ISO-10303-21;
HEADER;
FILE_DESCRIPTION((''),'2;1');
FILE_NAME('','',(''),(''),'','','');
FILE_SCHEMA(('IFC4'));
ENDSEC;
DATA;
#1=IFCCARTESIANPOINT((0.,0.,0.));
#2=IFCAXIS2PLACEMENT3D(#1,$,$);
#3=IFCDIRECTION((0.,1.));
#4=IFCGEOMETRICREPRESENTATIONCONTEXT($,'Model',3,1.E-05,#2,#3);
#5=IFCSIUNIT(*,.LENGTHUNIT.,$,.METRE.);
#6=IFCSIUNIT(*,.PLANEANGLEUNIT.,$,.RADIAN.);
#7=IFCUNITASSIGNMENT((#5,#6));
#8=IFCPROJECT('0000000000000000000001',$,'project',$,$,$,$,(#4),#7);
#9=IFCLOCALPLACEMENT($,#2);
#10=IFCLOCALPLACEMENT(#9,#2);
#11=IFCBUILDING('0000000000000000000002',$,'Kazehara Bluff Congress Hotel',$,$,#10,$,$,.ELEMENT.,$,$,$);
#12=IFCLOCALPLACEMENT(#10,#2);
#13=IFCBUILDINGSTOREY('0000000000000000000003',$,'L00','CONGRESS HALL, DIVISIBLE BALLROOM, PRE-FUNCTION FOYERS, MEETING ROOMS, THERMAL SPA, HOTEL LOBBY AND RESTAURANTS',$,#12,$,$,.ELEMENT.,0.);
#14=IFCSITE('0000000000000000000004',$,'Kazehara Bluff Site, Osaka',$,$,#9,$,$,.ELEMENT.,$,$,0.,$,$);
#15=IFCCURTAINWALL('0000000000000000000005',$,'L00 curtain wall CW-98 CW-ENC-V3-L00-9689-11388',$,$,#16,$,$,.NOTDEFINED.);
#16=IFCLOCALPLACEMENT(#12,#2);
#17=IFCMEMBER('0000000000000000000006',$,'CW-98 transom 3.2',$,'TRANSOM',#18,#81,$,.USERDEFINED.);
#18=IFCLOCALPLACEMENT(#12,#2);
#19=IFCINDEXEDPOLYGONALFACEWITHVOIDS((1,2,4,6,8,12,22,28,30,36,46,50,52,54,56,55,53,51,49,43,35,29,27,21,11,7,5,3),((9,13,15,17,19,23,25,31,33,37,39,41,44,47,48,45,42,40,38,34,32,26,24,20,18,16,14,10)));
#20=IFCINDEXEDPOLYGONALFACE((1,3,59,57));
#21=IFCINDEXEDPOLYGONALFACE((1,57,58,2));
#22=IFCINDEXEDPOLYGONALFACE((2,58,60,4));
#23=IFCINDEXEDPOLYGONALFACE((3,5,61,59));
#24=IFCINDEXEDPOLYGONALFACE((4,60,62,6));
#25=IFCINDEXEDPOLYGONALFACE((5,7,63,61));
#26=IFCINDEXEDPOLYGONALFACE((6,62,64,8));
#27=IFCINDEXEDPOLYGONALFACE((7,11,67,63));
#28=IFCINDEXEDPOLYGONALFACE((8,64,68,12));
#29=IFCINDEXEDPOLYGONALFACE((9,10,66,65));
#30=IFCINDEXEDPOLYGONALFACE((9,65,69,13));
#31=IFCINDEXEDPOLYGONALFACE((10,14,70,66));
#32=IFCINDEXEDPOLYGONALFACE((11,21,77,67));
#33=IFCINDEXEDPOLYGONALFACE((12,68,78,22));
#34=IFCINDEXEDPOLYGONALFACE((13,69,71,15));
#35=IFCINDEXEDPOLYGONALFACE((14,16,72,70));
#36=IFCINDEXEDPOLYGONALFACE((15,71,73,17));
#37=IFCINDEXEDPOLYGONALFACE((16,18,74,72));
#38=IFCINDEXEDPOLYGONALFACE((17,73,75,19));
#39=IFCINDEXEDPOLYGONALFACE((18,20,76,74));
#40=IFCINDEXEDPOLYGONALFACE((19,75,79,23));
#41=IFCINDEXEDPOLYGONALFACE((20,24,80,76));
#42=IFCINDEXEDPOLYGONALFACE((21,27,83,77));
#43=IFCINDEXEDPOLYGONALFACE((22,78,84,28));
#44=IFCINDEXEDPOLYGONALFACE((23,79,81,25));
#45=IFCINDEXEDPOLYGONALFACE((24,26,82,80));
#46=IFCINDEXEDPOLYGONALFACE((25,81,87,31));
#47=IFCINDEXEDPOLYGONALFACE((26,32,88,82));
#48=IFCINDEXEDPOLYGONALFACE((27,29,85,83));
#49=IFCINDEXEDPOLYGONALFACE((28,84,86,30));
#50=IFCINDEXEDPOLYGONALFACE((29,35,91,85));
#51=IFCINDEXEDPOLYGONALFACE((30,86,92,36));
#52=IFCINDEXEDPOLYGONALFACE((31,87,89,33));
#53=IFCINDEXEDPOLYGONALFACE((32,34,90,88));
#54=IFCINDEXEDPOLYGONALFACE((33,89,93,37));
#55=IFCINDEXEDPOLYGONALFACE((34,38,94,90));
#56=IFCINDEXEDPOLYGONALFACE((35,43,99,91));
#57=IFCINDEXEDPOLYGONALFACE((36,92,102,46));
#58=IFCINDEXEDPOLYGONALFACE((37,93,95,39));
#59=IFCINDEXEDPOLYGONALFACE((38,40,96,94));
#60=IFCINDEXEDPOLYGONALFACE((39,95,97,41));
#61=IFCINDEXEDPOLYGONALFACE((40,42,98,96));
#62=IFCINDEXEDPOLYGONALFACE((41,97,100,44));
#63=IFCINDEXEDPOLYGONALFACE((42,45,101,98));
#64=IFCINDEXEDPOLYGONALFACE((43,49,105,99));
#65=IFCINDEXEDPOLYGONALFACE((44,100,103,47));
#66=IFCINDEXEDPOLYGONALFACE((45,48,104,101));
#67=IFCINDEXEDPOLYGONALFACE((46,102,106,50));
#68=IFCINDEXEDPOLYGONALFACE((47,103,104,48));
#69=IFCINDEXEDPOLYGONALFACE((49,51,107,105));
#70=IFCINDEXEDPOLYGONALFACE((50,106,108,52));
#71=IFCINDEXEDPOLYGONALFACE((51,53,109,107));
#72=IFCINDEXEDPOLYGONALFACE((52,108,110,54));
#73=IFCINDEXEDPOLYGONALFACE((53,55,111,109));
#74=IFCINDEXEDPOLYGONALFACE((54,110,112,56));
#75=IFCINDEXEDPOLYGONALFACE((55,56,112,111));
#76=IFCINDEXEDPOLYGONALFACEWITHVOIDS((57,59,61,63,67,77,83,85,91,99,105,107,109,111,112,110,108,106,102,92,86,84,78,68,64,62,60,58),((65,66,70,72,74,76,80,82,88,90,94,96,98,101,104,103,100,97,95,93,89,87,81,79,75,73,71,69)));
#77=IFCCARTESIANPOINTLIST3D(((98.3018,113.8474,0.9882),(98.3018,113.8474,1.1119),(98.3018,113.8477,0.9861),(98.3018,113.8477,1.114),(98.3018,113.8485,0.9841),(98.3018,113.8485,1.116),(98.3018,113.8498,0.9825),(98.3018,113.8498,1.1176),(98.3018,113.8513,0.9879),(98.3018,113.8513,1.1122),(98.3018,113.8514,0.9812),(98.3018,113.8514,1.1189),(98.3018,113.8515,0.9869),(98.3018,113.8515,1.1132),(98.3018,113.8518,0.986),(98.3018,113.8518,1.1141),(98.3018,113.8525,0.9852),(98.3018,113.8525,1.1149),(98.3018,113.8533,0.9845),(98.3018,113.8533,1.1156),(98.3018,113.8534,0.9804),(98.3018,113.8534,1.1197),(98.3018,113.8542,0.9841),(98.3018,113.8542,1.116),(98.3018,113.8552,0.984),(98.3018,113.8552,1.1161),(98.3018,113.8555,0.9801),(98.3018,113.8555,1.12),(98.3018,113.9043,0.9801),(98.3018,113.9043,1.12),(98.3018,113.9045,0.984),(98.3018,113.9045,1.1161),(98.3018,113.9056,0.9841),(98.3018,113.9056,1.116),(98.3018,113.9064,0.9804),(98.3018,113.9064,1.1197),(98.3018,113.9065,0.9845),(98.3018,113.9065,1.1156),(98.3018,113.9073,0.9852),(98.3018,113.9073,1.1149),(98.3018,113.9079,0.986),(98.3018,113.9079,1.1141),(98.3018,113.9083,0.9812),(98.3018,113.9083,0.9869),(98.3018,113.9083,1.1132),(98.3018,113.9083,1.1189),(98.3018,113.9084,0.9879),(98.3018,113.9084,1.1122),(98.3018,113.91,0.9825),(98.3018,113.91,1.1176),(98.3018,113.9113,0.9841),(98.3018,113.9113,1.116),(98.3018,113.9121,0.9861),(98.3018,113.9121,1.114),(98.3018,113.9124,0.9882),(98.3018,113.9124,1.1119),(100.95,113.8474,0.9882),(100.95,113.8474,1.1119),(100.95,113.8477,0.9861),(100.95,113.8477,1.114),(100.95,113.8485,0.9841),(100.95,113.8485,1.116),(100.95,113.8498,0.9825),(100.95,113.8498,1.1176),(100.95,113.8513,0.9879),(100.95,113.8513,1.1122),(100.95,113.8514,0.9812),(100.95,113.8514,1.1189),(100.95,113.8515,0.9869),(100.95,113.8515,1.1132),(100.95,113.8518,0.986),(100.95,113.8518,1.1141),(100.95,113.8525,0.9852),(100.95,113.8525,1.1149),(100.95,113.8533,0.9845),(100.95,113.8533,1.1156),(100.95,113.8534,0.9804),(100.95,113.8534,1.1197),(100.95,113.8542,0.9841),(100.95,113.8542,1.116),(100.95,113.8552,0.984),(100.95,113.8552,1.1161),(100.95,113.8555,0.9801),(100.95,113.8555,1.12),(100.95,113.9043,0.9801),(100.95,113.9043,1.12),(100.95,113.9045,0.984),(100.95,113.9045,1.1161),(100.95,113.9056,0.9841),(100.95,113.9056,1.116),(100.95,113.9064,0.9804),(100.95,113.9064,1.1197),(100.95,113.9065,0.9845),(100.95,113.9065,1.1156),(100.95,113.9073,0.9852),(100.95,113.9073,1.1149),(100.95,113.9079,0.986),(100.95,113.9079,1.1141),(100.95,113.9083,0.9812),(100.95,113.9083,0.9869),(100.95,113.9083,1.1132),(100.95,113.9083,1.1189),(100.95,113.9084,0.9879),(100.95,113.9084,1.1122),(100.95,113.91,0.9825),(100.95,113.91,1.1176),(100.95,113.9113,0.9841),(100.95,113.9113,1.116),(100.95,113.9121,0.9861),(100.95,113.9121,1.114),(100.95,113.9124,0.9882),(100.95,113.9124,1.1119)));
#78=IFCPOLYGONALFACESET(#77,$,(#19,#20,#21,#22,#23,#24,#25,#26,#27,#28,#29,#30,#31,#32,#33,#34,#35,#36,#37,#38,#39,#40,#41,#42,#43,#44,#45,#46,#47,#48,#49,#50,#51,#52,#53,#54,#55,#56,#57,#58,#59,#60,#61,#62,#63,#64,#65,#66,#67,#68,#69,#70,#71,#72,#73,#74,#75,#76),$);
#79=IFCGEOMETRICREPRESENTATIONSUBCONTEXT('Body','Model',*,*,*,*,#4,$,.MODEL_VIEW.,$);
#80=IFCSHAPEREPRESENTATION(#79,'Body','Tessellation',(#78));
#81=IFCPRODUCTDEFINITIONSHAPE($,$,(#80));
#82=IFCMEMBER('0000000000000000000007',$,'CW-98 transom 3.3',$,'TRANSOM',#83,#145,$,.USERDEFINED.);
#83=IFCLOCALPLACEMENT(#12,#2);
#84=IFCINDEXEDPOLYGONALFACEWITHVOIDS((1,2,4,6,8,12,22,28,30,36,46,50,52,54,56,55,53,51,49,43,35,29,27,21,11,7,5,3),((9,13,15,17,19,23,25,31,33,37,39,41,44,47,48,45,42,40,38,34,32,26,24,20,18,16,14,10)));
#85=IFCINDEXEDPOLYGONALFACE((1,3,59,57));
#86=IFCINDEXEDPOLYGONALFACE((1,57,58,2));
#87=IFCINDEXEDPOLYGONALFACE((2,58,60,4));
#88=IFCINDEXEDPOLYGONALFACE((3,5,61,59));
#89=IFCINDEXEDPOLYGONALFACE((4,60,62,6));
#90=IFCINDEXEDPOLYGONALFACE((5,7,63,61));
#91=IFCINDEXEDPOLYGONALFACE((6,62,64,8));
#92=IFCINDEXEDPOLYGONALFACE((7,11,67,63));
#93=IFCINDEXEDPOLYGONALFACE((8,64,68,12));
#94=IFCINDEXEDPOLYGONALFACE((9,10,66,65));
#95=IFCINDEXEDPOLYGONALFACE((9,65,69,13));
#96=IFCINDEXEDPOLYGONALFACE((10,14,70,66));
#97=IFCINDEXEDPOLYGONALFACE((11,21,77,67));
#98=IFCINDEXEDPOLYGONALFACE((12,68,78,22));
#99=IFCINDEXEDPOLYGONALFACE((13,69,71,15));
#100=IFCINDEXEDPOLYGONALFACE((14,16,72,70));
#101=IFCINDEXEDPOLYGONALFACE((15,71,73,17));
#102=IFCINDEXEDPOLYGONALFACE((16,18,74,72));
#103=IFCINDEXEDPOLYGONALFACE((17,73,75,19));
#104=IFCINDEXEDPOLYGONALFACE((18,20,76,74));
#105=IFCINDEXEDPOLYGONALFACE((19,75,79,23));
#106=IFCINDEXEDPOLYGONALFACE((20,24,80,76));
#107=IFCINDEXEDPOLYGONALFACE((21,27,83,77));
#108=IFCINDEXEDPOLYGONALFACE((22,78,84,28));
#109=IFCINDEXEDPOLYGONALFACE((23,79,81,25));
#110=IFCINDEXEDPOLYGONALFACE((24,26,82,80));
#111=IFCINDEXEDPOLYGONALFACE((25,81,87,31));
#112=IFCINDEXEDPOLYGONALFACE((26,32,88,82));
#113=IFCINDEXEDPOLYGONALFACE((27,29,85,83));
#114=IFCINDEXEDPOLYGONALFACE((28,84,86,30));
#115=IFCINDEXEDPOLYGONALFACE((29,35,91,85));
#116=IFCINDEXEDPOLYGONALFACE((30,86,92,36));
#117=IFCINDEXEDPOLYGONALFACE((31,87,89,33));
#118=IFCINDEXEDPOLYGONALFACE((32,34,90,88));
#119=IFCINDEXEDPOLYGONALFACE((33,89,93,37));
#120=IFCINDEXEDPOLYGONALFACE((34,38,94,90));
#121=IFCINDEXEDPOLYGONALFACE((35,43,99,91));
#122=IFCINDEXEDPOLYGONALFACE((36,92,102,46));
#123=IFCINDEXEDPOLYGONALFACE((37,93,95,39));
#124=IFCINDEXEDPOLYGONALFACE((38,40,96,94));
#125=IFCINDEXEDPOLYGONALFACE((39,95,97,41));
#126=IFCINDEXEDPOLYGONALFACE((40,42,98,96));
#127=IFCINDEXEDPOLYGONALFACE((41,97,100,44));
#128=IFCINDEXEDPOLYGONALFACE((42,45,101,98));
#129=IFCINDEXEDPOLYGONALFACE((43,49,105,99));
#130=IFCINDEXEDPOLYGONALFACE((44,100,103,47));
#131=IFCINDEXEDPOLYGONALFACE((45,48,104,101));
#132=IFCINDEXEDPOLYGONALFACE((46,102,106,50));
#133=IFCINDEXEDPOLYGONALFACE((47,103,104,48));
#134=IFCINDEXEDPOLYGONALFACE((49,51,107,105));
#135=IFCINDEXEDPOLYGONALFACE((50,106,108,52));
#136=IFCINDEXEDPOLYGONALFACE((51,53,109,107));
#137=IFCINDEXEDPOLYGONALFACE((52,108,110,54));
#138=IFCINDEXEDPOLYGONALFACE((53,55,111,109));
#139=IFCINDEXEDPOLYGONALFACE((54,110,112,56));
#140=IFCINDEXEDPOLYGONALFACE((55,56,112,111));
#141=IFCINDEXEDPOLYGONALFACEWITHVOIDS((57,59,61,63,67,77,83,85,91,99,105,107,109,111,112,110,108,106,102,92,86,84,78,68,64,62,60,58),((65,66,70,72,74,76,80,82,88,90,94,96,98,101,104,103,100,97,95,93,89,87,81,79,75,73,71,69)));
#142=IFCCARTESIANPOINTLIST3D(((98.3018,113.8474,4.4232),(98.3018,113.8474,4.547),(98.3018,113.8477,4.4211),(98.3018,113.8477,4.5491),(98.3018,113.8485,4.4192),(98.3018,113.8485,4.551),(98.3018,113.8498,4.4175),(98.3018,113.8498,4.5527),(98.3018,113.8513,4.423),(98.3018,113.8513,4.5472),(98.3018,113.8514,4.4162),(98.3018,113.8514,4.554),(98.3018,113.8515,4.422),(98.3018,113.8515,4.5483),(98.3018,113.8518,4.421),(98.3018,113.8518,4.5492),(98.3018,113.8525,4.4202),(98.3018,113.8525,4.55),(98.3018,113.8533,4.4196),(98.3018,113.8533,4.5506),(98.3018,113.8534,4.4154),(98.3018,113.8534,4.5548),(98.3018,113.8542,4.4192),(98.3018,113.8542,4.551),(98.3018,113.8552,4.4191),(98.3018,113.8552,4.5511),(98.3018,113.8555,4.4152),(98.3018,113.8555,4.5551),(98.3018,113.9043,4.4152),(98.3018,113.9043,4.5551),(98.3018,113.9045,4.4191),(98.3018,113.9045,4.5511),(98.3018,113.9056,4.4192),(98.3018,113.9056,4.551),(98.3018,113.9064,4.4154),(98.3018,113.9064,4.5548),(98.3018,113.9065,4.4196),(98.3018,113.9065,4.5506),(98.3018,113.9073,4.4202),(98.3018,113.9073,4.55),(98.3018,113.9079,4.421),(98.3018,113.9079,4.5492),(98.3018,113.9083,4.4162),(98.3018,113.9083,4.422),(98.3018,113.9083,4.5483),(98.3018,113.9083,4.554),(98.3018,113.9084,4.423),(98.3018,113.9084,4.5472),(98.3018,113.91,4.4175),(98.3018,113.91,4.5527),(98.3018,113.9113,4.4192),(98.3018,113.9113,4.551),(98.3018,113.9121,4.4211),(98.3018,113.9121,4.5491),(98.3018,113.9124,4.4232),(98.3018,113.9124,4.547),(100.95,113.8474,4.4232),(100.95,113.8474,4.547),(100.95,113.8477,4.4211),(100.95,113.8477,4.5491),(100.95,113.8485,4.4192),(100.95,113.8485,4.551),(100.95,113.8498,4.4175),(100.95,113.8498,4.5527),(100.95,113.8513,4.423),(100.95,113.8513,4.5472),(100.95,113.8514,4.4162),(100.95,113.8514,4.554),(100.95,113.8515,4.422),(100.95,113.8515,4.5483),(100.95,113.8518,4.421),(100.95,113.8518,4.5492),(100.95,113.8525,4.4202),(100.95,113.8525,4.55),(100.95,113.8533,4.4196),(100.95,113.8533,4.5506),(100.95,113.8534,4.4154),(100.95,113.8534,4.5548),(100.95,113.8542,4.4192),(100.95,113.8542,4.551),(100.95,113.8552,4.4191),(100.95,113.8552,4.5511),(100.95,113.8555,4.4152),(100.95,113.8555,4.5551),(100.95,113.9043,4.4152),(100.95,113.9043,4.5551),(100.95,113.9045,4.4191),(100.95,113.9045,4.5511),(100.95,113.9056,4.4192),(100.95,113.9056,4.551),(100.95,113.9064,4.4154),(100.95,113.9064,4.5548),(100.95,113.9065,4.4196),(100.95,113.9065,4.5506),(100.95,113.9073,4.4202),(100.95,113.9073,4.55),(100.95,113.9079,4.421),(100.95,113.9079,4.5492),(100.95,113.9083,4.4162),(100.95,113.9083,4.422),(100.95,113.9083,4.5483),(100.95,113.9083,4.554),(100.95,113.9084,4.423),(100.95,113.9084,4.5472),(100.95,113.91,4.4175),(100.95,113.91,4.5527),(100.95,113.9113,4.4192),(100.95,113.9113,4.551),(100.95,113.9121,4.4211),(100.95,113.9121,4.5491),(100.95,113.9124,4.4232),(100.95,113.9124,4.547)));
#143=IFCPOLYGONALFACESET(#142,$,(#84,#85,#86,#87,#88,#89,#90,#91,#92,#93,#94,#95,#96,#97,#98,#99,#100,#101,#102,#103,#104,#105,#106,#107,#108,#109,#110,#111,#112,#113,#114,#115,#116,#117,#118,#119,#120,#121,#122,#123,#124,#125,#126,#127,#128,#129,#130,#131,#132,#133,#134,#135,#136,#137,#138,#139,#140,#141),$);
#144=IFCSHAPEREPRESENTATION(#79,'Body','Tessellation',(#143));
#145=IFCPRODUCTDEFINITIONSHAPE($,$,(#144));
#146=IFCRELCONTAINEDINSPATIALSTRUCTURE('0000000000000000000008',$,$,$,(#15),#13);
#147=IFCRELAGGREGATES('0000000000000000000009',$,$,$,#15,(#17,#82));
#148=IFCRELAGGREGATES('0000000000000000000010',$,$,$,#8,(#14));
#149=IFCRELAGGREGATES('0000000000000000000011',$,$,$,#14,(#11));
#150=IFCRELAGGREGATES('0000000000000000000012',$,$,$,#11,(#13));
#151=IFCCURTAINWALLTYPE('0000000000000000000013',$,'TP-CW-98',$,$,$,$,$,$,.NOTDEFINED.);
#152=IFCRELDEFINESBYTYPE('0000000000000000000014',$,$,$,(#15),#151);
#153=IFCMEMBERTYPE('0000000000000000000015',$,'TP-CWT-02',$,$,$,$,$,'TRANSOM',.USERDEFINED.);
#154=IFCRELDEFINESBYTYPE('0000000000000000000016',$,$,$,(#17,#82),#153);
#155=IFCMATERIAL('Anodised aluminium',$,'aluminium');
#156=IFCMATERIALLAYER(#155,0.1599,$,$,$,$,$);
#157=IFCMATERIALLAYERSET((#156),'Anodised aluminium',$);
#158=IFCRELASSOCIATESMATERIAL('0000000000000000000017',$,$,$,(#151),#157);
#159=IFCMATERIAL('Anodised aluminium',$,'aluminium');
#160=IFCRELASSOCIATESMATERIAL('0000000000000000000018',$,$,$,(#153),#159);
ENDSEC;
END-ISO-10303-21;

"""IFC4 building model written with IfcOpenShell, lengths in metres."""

from ifc_helpers import new_model, si_unit, direction, frame, origin, origin_2d, place, context, subcontext, project, spatial, hollow_rectangle, extrude, material, layer, layer_set, material_profile, profile_set, type_object, element, aggregate, save


model = new_model("IFC4")

# Units and contexts
model_context = context("Model", 3, precision=1e-05, world=origin(), true_north=direction((0.0, 1.0)))
body_context = subcontext(model_context, "Body", "Model", "MODEL_VIEW")
ifc_project = project(units=[si_unit("LENGTHUNIT", "METRE"), si_unit("PLANEANGLEUNIT", "RADIAN")], contexts=[model_context])

# Site, building, storey
site_placement = place(None, origin())
site = spatial("IfcSite", under=ifc_project, at=site_placement, Name="Kazehara Bluff Site, Osaka", CompositionType="ELEMENT", RefElevation=0.0)
building_placement = place(site_placement, origin())
building = spatial("IfcBuilding", under=site, at=building_placement, Name="Kazehara Bluff Congress Hotel", CompositionType="ELEMENT")
storey_placement = place(building_placement, origin())
storey = spatial("IfcBuildingStorey", under=building, at=storey_placement, Name="L00", Description="CONGRESS HALL, DIVISIBLE BALLROOM, PRE-FUNCTION FOYERS, MEETING ROOMS, THERMAL SPA, HOTEL LOBBY AND RESTAURANTS", CompositionType="ELEMENT", Elevation=0.0)

# Curtain wall, members
ifc_material_1 = material(Name="Anodised aluminium", Category="aluminium")
ifc_layer_1 = layer(ifc_material_1, 0.1599)
ifc_layer_set_1 = layer_set([ifc_layer_1], Name="Anodised aluminium")
curtain_wall_type = type_object("IfcCurtainWallType", Name="TP-CW-98", PredefinedType="NOTDEFINED", material=ifc_layer_set_1)
curtain_wall_placement = place(storey_placement, origin())
curtain_wall = element("IfcCurtainWall", 1, at=curtain_wall_placement, inside=storey, type_object=curtain_wall_type, Name="L00 curtain wall CW-98 CW-ENC-V3-L00-9689-11388", PredefinedType="NOTDEFINED")
ifc_material_2 = material(Name="Anodised aluminium", Category="aluminium")
ifc_material_profile_1 = material_profile(ifc_material_2, hollow_rectangle(XDim=0.0649, YDim=0.1399, WallThickness=0.0039, InnerFilletRadius=0.0039, OuterFilletRadius=0.0081, at=origin_2d()))
ifc_profile_set_1 = profile_set([ifc_material_profile_1], Name="Anodised aluminium")
member_type_1 = type_object("IfcMemberType", Name="TP-CWT-02", ElementType="TRANSOM", PredefinedType="USERDEFINED", material=ifc_profile_set_1)
member_1_placement = place(storey_placement, frame((98.3018, 113.8799, 1.05), z_axis=(1.0, 0.0, 0.0), x_axis=(0.0, 1.0, 0.0)))
member_1 = element("IfcMember", 2, at=member_1_placement, type_object=member_type_1, Name="CW-98 transom 3.2", ObjectType="TRANSOM", PredefinedType="USERDEFINED", context=body_context, shape_type="SweptSolid", body=[
    extrude(hollow_rectangle(XDim=0.0649, YDim=0.1399, WallThickness=0.0039, InnerFilletRadius=0.0039, OuterFilletRadius=0.0081, at=origin_2d()), origin(), (0.0, 0.0, 1.0), 2.6482),
])
member_2_placement = place(storey_placement, frame((98.3018, 113.8799, 4.4851), z_axis=(1.0, 0.0, 0.0), x_axis=(0.0, 1.0, 0.0)))
member_2 = element("IfcMember", 3, at=member_2_placement, type_object=member_type_1, Name="CW-98 transom 3.3", ObjectType="TRANSOM", PredefinedType="USERDEFINED", context=body_context, shape_type="SweptSolid", body=[
    extrude(hollow_rectangle(XDim=0.0649, YDim=0.1399, WallThickness=0.0039, InnerFilletRadius=0.0039, OuterFilletRadius=0.0081, at=origin_2d()), origin(), (0.0, 0.0, 1.0), 2.6482),
])

aggregate(curtain_wall, [member_1, member_2])

save(model, "model.ifc")
